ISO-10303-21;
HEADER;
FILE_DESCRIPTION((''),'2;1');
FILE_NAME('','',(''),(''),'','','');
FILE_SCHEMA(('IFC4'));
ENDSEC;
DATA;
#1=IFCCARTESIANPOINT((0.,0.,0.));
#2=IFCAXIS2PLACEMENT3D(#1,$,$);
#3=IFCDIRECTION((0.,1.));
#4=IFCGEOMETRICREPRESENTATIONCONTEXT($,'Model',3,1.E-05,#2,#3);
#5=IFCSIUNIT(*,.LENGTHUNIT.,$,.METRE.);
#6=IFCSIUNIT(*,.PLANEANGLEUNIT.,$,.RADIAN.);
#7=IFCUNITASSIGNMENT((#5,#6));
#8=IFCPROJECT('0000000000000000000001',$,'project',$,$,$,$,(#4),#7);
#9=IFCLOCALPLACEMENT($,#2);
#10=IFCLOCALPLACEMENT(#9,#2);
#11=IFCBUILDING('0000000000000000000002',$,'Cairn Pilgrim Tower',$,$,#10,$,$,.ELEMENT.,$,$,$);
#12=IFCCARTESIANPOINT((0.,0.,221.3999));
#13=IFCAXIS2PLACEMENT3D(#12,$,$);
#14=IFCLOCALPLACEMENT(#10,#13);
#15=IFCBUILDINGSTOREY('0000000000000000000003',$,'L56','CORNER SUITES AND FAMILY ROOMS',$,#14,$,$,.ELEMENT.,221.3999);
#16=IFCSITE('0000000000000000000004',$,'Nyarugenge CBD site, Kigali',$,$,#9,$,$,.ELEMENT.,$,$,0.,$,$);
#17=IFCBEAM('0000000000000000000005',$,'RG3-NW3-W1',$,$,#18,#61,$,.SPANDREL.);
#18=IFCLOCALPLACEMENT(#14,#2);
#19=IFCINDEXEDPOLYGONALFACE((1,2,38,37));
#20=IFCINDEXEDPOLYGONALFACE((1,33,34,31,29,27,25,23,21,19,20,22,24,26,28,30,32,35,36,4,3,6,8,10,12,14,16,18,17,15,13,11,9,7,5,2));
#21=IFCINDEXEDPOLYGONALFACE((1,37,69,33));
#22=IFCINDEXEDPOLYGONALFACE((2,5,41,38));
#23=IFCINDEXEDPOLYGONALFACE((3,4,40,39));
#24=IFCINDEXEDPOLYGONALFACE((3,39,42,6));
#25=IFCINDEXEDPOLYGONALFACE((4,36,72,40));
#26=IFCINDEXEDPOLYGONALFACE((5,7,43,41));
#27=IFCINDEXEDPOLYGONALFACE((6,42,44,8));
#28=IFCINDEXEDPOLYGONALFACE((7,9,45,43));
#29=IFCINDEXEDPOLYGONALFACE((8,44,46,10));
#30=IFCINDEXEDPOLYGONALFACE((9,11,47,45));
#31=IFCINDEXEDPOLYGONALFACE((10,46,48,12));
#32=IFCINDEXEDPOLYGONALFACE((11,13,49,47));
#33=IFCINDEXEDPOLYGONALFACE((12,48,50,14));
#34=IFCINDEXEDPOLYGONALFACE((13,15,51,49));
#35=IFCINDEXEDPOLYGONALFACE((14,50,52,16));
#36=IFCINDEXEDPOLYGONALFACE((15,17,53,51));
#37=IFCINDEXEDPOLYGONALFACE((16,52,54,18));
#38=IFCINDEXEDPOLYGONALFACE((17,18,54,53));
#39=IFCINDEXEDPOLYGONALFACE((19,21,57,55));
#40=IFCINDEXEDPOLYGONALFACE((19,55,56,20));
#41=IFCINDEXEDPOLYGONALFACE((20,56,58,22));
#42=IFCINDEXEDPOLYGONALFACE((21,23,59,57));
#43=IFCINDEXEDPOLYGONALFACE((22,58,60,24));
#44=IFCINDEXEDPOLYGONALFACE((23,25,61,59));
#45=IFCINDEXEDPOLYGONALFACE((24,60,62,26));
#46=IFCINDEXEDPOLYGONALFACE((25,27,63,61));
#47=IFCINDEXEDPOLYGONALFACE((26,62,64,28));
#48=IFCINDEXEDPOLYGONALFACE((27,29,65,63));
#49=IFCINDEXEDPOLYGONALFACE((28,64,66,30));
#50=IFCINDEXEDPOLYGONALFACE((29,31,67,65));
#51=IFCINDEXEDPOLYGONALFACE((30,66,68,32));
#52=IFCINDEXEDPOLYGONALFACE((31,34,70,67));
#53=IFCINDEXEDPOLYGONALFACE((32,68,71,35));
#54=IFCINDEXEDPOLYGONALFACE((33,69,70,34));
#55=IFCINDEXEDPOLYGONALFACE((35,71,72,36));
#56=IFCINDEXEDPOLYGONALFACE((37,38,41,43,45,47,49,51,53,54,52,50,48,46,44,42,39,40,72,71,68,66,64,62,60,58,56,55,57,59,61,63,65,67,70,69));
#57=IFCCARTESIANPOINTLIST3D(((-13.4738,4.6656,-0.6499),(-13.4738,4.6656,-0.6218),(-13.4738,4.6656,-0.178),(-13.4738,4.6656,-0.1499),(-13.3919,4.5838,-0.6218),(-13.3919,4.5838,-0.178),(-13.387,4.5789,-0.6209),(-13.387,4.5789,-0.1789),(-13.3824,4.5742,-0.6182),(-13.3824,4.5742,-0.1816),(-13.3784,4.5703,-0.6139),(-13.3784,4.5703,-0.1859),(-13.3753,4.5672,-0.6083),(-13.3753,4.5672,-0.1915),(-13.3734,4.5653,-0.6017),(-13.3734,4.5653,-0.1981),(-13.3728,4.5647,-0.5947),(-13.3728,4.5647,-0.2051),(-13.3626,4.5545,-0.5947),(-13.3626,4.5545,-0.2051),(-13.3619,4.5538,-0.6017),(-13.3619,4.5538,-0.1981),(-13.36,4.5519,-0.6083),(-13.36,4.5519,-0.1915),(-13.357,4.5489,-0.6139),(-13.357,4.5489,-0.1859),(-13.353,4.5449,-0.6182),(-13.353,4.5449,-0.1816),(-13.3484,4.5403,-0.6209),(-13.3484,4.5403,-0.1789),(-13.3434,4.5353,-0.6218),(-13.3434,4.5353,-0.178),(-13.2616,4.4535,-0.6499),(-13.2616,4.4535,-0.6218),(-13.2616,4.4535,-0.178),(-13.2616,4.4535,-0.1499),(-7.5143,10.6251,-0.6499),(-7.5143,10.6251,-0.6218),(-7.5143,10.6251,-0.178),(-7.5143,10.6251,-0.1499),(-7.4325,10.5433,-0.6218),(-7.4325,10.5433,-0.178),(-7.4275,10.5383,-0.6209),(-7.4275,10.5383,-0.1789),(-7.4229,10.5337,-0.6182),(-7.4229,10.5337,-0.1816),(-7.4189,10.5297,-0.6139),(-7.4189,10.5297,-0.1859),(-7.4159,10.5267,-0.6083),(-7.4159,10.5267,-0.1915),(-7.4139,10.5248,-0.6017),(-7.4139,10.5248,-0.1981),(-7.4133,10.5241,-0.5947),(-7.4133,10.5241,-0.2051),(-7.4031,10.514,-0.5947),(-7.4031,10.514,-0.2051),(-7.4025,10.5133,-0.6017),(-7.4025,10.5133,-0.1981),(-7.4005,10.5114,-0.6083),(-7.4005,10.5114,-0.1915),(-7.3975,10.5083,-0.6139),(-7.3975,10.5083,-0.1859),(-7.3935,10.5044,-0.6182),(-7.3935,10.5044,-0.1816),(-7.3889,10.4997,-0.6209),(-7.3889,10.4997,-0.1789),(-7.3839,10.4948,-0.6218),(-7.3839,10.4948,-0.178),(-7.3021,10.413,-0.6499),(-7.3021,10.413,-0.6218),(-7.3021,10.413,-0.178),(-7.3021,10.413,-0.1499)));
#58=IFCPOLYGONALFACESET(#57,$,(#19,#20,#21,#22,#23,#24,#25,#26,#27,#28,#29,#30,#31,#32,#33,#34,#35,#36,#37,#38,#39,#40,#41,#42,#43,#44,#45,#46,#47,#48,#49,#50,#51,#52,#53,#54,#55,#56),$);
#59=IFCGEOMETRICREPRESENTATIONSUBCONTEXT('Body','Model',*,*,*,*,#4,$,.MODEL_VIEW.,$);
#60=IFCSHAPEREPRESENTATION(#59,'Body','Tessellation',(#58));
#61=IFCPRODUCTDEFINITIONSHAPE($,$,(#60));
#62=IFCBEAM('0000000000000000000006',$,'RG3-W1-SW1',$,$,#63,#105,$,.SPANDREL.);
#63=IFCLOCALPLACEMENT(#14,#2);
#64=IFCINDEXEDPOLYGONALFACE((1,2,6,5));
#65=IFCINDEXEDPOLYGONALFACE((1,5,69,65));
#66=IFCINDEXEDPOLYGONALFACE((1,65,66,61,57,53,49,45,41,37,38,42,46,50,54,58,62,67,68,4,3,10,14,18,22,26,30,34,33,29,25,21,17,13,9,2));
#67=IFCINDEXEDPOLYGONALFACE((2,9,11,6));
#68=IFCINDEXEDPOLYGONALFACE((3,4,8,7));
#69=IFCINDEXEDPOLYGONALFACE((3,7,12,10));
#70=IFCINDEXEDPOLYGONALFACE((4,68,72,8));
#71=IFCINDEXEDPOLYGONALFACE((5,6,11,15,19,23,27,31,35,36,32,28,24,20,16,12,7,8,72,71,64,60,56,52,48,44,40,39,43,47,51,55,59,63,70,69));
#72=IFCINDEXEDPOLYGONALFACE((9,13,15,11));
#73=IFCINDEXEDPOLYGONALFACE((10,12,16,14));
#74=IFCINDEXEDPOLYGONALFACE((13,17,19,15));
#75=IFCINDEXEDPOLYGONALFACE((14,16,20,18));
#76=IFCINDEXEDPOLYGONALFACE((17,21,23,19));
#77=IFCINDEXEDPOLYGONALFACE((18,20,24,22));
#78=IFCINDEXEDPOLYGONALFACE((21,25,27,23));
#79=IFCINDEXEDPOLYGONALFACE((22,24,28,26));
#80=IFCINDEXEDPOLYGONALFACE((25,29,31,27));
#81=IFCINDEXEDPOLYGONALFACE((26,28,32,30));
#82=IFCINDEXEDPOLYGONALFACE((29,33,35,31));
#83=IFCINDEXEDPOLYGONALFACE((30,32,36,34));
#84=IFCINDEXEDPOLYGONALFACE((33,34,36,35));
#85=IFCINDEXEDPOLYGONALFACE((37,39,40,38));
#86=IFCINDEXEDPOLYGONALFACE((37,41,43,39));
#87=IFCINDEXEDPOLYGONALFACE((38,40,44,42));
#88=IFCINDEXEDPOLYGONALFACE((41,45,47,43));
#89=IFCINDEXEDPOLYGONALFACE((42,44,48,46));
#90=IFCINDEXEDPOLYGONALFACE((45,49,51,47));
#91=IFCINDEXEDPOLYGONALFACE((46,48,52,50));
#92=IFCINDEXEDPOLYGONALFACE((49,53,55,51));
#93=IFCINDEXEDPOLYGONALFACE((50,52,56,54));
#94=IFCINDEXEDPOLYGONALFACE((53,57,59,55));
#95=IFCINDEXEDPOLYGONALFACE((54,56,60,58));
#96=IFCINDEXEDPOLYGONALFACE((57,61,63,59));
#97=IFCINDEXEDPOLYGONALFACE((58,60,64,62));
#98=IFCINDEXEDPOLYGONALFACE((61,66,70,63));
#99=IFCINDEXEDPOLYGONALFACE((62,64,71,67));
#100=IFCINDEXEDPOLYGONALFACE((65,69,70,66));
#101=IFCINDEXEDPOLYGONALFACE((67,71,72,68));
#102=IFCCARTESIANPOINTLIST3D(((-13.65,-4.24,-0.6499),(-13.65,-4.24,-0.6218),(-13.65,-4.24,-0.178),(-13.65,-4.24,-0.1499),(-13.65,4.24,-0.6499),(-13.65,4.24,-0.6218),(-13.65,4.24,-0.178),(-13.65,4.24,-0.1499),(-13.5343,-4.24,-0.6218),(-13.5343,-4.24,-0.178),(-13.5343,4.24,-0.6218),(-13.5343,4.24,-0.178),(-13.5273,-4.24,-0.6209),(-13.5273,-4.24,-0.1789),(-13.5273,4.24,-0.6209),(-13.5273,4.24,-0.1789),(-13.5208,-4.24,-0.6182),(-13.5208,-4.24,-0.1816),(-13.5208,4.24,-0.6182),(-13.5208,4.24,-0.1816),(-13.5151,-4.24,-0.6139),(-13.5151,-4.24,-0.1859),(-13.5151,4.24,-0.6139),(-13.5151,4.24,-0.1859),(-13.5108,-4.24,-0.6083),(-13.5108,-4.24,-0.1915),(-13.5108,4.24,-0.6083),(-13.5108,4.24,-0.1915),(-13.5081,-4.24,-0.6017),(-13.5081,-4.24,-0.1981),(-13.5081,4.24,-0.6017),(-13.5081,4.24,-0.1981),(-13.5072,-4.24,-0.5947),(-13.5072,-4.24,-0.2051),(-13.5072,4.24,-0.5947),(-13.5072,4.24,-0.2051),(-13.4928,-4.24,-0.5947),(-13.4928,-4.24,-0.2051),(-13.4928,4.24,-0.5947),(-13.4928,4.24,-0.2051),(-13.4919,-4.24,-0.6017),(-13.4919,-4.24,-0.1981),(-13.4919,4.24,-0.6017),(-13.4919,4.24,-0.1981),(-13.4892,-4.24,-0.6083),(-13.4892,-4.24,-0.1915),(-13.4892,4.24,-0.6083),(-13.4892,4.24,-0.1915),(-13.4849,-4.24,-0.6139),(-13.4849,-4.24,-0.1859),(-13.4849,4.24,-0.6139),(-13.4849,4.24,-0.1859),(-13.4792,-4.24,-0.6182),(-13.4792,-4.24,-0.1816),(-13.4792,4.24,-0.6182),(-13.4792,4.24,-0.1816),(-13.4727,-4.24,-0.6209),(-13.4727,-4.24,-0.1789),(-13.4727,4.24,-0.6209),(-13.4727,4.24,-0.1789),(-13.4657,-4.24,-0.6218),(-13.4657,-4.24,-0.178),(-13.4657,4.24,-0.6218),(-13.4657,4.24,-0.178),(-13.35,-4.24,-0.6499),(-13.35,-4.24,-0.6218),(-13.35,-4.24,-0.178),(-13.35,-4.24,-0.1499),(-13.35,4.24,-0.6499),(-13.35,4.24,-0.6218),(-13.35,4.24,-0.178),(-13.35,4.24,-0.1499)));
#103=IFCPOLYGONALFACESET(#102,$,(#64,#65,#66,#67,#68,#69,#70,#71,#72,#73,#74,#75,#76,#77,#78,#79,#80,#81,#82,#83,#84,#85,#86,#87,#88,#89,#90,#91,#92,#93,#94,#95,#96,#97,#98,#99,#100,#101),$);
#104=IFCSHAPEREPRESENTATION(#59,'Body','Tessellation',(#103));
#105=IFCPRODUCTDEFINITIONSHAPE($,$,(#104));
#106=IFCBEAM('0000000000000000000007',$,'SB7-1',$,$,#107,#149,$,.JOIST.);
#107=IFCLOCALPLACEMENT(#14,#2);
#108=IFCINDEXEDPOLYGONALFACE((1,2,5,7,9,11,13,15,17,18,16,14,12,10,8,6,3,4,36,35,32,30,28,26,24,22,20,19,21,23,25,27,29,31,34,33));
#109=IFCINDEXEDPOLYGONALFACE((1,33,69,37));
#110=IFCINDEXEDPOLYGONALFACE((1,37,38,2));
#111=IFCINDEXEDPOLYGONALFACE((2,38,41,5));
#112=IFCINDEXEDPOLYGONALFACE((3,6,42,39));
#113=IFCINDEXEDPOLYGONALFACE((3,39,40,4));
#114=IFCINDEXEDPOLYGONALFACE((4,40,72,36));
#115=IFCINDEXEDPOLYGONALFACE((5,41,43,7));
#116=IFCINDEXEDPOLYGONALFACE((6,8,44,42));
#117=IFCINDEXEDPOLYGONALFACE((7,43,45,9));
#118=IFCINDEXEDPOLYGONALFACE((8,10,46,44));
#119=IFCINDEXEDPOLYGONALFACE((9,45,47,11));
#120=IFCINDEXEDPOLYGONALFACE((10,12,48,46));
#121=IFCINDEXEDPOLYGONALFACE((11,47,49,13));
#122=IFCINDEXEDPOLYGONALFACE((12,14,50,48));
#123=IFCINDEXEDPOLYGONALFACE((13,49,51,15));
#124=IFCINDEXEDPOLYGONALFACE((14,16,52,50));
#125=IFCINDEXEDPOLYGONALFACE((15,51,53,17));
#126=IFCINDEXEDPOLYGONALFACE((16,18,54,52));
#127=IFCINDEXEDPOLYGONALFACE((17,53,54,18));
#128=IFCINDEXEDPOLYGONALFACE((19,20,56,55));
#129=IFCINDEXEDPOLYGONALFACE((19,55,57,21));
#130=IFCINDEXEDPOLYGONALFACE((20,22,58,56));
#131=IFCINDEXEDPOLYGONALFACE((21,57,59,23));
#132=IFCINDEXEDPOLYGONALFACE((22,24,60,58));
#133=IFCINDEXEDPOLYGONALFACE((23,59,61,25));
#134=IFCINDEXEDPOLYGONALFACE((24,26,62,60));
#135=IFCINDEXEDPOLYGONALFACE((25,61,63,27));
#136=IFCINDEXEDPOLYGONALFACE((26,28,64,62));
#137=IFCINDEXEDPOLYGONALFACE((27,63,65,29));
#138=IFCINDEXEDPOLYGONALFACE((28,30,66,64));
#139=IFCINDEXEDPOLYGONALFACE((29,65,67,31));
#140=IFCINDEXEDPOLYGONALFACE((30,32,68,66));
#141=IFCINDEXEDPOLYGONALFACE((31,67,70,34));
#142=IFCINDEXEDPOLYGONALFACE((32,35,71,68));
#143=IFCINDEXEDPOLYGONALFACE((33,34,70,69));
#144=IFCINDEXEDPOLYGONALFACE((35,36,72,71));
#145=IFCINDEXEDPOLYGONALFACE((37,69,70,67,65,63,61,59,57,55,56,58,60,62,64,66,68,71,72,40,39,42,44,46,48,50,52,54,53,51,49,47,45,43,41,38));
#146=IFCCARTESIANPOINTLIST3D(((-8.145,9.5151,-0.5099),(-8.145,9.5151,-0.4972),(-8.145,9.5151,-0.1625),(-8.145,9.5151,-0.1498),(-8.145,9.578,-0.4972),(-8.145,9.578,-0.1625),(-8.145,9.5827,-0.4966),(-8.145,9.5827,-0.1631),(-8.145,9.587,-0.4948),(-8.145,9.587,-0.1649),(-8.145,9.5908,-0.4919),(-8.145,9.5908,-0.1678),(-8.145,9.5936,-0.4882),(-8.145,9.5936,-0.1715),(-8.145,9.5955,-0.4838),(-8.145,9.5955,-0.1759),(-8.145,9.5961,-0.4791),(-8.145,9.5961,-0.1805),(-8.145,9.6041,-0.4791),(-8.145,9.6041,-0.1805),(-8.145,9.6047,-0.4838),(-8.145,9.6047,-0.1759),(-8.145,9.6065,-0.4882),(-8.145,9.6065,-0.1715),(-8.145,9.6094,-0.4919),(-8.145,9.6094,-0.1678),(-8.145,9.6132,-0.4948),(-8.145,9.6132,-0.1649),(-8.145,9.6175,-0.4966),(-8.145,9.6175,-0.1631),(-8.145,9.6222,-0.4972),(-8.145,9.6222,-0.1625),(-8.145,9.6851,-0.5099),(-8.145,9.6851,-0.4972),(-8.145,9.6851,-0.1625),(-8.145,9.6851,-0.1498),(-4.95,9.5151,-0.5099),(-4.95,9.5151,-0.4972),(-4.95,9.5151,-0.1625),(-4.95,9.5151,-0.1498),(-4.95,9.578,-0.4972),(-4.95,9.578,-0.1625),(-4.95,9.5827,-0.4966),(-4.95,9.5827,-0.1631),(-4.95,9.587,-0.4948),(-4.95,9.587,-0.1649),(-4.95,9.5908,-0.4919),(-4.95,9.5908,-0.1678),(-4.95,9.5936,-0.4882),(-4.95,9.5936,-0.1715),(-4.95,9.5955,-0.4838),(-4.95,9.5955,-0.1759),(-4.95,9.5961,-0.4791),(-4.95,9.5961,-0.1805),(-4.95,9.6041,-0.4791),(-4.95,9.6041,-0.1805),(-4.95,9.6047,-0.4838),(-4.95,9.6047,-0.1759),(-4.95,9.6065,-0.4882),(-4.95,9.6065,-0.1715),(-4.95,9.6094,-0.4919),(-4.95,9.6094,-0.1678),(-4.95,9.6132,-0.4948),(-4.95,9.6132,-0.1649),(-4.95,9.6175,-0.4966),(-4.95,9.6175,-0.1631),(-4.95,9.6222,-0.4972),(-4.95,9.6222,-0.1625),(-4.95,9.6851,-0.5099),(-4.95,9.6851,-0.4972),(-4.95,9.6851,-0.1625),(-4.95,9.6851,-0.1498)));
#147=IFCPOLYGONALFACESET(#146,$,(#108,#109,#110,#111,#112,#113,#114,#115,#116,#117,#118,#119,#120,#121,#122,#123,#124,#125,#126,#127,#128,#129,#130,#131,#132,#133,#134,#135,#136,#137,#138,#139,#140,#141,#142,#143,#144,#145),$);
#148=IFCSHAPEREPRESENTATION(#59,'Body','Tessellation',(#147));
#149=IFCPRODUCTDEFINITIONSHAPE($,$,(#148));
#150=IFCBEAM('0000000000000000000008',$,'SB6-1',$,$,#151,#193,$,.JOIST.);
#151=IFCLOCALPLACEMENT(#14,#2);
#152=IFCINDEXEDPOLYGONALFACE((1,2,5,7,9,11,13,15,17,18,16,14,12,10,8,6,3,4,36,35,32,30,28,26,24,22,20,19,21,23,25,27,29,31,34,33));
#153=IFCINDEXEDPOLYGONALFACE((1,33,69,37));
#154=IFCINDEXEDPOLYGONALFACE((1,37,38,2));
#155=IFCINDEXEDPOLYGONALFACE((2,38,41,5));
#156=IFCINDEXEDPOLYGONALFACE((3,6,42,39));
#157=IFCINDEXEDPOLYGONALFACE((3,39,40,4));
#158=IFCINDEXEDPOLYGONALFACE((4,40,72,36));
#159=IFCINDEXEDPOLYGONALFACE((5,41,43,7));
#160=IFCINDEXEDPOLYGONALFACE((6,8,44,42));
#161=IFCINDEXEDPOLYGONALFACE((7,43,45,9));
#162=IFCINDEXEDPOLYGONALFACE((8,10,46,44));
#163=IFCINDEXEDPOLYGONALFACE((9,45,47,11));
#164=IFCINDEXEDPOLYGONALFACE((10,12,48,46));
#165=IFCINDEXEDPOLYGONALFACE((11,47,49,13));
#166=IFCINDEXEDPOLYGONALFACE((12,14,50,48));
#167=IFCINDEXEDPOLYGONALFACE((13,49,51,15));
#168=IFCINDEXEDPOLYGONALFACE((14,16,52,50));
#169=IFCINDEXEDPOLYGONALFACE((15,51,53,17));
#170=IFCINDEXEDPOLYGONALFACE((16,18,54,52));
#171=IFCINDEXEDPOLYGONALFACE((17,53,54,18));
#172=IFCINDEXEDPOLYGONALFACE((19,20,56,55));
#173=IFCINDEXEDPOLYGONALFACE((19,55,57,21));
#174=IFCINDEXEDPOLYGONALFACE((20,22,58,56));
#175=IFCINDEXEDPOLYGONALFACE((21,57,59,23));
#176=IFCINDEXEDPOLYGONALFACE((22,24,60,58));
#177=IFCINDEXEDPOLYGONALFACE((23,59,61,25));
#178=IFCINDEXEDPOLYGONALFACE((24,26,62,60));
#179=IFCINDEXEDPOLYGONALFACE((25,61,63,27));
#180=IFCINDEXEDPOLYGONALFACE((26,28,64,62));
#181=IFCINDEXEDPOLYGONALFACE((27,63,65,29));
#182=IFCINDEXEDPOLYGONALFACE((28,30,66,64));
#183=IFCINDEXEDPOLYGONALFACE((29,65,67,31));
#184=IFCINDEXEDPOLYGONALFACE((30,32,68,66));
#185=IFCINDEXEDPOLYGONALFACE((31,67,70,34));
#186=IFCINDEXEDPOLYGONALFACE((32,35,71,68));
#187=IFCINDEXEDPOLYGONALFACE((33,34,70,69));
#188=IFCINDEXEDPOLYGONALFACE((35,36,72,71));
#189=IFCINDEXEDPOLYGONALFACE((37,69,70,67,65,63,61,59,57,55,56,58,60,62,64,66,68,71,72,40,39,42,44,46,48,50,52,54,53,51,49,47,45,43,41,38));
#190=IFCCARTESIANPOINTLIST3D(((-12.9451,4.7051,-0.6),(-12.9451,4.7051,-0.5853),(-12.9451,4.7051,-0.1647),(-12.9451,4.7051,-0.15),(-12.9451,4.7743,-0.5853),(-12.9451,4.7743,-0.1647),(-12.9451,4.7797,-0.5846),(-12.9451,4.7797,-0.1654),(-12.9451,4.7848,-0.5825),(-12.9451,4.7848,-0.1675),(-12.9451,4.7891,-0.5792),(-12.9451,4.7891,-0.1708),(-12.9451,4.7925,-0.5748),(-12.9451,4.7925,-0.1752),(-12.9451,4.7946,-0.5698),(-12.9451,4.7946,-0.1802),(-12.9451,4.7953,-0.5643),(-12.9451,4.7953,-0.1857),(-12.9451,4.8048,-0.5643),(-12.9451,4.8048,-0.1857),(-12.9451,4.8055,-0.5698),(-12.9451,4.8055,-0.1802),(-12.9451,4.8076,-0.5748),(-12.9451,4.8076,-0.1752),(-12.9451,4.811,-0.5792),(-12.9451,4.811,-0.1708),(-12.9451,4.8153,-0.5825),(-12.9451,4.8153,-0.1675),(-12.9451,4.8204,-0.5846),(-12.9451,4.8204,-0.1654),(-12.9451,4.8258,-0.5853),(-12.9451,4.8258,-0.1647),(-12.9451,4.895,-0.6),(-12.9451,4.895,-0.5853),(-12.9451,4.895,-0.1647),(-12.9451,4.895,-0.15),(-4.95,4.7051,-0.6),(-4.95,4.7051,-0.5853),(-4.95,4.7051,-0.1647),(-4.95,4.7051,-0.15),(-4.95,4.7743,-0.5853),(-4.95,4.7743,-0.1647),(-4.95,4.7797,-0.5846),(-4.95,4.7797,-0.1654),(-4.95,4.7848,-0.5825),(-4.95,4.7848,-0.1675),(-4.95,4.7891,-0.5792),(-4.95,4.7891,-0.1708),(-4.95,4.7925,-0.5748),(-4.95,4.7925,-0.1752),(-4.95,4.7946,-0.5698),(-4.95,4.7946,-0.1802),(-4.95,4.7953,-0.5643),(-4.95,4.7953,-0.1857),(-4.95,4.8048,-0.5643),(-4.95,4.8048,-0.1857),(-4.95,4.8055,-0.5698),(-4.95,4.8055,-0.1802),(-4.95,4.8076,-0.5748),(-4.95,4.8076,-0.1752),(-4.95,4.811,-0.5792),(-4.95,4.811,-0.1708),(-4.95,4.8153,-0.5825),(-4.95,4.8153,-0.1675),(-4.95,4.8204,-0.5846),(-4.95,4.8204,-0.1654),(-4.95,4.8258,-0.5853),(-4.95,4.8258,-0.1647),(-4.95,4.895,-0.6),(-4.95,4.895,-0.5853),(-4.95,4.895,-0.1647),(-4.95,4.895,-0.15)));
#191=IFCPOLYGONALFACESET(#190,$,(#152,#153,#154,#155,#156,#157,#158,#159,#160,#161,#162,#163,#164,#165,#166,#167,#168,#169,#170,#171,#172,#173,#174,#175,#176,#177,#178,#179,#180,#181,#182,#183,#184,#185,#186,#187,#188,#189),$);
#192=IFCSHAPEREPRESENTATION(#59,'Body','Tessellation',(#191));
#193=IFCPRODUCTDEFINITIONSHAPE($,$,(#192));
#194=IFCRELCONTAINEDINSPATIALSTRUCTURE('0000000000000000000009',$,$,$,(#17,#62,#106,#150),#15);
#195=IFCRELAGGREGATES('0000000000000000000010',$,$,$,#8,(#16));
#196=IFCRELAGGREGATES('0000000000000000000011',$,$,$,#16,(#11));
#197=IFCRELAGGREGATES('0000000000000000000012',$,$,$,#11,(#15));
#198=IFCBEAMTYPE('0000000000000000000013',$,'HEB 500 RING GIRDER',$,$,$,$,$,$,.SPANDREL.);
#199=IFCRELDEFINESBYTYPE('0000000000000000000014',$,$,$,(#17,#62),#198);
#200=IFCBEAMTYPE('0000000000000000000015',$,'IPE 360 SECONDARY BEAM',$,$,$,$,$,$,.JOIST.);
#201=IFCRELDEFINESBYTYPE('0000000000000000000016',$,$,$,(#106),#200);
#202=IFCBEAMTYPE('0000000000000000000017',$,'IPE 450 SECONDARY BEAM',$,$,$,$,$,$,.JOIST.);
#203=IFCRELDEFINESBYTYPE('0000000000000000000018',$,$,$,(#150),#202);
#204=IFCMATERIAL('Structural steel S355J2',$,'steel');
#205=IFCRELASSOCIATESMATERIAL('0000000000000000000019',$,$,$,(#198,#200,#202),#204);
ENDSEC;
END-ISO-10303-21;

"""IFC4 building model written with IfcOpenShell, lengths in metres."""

from ifc_helpers import new_model, si_unit, direction, frame, origin, origin_2d, place, context, subcontext, project, spatial, i_section, extrude, material, material_profile, profile_set, type_object, element, save


model = new_model("IFC4")

# Units and contexts
model_context = context("Model", 3, precision=1e-05, world=origin(), true_north=direction((0.0, 1.0)))
body_context = subcontext(model_context, "Body", "Model", "MODEL_VIEW")
ifc_project = project(units=[si_unit("LENGTHUNIT", "METRE"), si_unit("PLANEANGLEUNIT", "RADIAN")], contexts=[model_context])

# Site, building, storey
site_placement = place(None, origin())
site = spatial("IfcSite", under=ifc_project, at=site_placement, Name="Nyarugenge CBD site, Kigali", CompositionType="ELEMENT", RefElevation=0.0)
building_placement = place(site_placement, origin())
building = spatial("IfcBuilding", under=site, at=building_placement, Name="Cairn Pilgrim Tower", CompositionType="ELEMENT")
storey_placement = place(building_placement, frame((0.0, 0.0, 221.3999)))
storey = spatial("IfcBuildingStorey", under=building, at=storey_placement, Name="L56", Description="CORNER SUITES AND FAMILY ROOMS", CompositionType="ELEMENT", Elevation=221.3999)

# Beams
ifc_material_1 = material(Name="Structural steel S355J2", Category="steel")
ifc_material_profile_1 = material_profile(ifc_material_1, i_section(OverallWidth=0.3, OverallDepth=0.5, WebThickness=0.0144, FlangeThickness=0.0281, FilletRadius=0.0271, at=origin_2d()), Name="HEB 500")
ifc_profile_set_1 = profile_set([ifc_material_profile_1], Name="Structural steel S355J2")
beam_type_1 = type_object("IfcBeamType", Name="HEB 500 RING GIRDER", PredefinedType="SPANDREL", material=ifc_profile_set_1)
beam_1_placement = place(storey_placement, frame((-7.4082, 10.519, -0.3999), z_axis=(-0.707107, -0.707107, 0.0), x_axis=(0.707107, -0.707107, 0.0)))
element("IfcBeam", 1, at=beam_1_placement, inside=storey, type_object=beam_type_1, Name="RG3-NW3-W1", PredefinedType="SPANDREL", context=body_context, shape_type="SweptSolid", body=[
    extrude(i_section(OverallWidth=0.3, OverallDepth=0.5, WebThickness=0.0144, FlangeThickness=0.0281, FilletRadius=0.0271, at=origin_2d()), origin(), (0.0, 0.0, 1.0), 8.428),
])
beam_2_placement = place(storey_placement, frame((-13.5, 4.24, -0.3999), z_axis=(0.0, -1.0, 0.0), x_axis=(1.0, 0.0, 0.0)))
element("IfcBeam", 2, at=beam_2_placement, inside=storey, type_object=beam_type_1, Name="RG3-W1-SW1", PredefinedType="SPANDREL", context=body_context, shape_type="SweptSolid", body=[
    extrude(i_section(OverallWidth=0.3, OverallDepth=0.5, WebThickness=0.0144, FlangeThickness=0.0281, FilletRadius=0.0271, at=origin_2d()), origin(), (0.0, 0.0, 1.0), 8.48),
])
ifc_material_profile_2 = material_profile(ifc_material_1, i_section(OverallWidth=0.1699, OverallDepth=0.3601, WebThickness=0.0081, FlangeThickness=0.0127, FilletRadius=0.0181, at=origin_2d()), Name="IPE 360")
ifc_profile_set_2 = profile_set([ifc_material_profile_2], Name="Structural steel S355J2")
beam_type_2 = type_object("IfcBeamType", Name="IPE 360 SECONDARY BEAM", PredefinedType="JOIST", material=ifc_profile_set_2)
beam_3_placement = place(storey_placement, frame((-8.145, 9.6001, -0.3298), z_axis=(1.0, 0.0, 0.0), x_axis=(0.0, 1.0, 0.0)))
element("IfcBeam", 3, at=beam_3_placement, inside=storey, type_object=beam_type_2, Name="SB7-1", PredefinedType="JOIST", context=body_context, shape_type="SweptSolid", body=[
    extrude(i_section(OverallWidth=0.1699, OverallDepth=0.3601, WebThickness=0.0081, FlangeThickness=0.0127, FilletRadius=0.0181, at=origin_2d()), origin(), (0.0, 0.0, 1.0), 3.1951),
])
ifc_material_profile_3 = material_profile(ifc_material_1, i_section(OverallWidth=0.1899, OverallDepth=0.45, WebThickness=0.0095, FlangeThickness=0.0146, FilletRadius=0.021, at=origin_2d()), Name="IPE 450")
ifc_profile_set_3 = profile_set([ifc_material_profile_3], Name="Structural steel S355J2")
beam_type_3 = type_object("IfcBeamType", Name="IPE 450 SECONDARY BEAM", PredefinedType="JOIST", material=ifc_profile_set_3)
beam_4_placement = place(storey_placement, frame((-12.9451, 4.8, -0.375), z_axis=(1.0, 0.0, 0.0), x_axis=(0.0, 1.0, 0.0)))
element("IfcBeam", 4, at=beam_4_placement, inside=storey, type_object=beam_type_3, Name="SB6-1", PredefinedType="JOIST", context=body_context, shape_type="SweptSolid", body=[
    extrude(i_section(OverallWidth=0.1899, OverallDepth=0.45, WebThickness=0.0095, FlangeThickness=0.0146, FilletRadius=0.021, at=origin_2d()), origin(), (0.0, 0.0, 1.0), 7.9951),
])

save(model, "model.ifc")
